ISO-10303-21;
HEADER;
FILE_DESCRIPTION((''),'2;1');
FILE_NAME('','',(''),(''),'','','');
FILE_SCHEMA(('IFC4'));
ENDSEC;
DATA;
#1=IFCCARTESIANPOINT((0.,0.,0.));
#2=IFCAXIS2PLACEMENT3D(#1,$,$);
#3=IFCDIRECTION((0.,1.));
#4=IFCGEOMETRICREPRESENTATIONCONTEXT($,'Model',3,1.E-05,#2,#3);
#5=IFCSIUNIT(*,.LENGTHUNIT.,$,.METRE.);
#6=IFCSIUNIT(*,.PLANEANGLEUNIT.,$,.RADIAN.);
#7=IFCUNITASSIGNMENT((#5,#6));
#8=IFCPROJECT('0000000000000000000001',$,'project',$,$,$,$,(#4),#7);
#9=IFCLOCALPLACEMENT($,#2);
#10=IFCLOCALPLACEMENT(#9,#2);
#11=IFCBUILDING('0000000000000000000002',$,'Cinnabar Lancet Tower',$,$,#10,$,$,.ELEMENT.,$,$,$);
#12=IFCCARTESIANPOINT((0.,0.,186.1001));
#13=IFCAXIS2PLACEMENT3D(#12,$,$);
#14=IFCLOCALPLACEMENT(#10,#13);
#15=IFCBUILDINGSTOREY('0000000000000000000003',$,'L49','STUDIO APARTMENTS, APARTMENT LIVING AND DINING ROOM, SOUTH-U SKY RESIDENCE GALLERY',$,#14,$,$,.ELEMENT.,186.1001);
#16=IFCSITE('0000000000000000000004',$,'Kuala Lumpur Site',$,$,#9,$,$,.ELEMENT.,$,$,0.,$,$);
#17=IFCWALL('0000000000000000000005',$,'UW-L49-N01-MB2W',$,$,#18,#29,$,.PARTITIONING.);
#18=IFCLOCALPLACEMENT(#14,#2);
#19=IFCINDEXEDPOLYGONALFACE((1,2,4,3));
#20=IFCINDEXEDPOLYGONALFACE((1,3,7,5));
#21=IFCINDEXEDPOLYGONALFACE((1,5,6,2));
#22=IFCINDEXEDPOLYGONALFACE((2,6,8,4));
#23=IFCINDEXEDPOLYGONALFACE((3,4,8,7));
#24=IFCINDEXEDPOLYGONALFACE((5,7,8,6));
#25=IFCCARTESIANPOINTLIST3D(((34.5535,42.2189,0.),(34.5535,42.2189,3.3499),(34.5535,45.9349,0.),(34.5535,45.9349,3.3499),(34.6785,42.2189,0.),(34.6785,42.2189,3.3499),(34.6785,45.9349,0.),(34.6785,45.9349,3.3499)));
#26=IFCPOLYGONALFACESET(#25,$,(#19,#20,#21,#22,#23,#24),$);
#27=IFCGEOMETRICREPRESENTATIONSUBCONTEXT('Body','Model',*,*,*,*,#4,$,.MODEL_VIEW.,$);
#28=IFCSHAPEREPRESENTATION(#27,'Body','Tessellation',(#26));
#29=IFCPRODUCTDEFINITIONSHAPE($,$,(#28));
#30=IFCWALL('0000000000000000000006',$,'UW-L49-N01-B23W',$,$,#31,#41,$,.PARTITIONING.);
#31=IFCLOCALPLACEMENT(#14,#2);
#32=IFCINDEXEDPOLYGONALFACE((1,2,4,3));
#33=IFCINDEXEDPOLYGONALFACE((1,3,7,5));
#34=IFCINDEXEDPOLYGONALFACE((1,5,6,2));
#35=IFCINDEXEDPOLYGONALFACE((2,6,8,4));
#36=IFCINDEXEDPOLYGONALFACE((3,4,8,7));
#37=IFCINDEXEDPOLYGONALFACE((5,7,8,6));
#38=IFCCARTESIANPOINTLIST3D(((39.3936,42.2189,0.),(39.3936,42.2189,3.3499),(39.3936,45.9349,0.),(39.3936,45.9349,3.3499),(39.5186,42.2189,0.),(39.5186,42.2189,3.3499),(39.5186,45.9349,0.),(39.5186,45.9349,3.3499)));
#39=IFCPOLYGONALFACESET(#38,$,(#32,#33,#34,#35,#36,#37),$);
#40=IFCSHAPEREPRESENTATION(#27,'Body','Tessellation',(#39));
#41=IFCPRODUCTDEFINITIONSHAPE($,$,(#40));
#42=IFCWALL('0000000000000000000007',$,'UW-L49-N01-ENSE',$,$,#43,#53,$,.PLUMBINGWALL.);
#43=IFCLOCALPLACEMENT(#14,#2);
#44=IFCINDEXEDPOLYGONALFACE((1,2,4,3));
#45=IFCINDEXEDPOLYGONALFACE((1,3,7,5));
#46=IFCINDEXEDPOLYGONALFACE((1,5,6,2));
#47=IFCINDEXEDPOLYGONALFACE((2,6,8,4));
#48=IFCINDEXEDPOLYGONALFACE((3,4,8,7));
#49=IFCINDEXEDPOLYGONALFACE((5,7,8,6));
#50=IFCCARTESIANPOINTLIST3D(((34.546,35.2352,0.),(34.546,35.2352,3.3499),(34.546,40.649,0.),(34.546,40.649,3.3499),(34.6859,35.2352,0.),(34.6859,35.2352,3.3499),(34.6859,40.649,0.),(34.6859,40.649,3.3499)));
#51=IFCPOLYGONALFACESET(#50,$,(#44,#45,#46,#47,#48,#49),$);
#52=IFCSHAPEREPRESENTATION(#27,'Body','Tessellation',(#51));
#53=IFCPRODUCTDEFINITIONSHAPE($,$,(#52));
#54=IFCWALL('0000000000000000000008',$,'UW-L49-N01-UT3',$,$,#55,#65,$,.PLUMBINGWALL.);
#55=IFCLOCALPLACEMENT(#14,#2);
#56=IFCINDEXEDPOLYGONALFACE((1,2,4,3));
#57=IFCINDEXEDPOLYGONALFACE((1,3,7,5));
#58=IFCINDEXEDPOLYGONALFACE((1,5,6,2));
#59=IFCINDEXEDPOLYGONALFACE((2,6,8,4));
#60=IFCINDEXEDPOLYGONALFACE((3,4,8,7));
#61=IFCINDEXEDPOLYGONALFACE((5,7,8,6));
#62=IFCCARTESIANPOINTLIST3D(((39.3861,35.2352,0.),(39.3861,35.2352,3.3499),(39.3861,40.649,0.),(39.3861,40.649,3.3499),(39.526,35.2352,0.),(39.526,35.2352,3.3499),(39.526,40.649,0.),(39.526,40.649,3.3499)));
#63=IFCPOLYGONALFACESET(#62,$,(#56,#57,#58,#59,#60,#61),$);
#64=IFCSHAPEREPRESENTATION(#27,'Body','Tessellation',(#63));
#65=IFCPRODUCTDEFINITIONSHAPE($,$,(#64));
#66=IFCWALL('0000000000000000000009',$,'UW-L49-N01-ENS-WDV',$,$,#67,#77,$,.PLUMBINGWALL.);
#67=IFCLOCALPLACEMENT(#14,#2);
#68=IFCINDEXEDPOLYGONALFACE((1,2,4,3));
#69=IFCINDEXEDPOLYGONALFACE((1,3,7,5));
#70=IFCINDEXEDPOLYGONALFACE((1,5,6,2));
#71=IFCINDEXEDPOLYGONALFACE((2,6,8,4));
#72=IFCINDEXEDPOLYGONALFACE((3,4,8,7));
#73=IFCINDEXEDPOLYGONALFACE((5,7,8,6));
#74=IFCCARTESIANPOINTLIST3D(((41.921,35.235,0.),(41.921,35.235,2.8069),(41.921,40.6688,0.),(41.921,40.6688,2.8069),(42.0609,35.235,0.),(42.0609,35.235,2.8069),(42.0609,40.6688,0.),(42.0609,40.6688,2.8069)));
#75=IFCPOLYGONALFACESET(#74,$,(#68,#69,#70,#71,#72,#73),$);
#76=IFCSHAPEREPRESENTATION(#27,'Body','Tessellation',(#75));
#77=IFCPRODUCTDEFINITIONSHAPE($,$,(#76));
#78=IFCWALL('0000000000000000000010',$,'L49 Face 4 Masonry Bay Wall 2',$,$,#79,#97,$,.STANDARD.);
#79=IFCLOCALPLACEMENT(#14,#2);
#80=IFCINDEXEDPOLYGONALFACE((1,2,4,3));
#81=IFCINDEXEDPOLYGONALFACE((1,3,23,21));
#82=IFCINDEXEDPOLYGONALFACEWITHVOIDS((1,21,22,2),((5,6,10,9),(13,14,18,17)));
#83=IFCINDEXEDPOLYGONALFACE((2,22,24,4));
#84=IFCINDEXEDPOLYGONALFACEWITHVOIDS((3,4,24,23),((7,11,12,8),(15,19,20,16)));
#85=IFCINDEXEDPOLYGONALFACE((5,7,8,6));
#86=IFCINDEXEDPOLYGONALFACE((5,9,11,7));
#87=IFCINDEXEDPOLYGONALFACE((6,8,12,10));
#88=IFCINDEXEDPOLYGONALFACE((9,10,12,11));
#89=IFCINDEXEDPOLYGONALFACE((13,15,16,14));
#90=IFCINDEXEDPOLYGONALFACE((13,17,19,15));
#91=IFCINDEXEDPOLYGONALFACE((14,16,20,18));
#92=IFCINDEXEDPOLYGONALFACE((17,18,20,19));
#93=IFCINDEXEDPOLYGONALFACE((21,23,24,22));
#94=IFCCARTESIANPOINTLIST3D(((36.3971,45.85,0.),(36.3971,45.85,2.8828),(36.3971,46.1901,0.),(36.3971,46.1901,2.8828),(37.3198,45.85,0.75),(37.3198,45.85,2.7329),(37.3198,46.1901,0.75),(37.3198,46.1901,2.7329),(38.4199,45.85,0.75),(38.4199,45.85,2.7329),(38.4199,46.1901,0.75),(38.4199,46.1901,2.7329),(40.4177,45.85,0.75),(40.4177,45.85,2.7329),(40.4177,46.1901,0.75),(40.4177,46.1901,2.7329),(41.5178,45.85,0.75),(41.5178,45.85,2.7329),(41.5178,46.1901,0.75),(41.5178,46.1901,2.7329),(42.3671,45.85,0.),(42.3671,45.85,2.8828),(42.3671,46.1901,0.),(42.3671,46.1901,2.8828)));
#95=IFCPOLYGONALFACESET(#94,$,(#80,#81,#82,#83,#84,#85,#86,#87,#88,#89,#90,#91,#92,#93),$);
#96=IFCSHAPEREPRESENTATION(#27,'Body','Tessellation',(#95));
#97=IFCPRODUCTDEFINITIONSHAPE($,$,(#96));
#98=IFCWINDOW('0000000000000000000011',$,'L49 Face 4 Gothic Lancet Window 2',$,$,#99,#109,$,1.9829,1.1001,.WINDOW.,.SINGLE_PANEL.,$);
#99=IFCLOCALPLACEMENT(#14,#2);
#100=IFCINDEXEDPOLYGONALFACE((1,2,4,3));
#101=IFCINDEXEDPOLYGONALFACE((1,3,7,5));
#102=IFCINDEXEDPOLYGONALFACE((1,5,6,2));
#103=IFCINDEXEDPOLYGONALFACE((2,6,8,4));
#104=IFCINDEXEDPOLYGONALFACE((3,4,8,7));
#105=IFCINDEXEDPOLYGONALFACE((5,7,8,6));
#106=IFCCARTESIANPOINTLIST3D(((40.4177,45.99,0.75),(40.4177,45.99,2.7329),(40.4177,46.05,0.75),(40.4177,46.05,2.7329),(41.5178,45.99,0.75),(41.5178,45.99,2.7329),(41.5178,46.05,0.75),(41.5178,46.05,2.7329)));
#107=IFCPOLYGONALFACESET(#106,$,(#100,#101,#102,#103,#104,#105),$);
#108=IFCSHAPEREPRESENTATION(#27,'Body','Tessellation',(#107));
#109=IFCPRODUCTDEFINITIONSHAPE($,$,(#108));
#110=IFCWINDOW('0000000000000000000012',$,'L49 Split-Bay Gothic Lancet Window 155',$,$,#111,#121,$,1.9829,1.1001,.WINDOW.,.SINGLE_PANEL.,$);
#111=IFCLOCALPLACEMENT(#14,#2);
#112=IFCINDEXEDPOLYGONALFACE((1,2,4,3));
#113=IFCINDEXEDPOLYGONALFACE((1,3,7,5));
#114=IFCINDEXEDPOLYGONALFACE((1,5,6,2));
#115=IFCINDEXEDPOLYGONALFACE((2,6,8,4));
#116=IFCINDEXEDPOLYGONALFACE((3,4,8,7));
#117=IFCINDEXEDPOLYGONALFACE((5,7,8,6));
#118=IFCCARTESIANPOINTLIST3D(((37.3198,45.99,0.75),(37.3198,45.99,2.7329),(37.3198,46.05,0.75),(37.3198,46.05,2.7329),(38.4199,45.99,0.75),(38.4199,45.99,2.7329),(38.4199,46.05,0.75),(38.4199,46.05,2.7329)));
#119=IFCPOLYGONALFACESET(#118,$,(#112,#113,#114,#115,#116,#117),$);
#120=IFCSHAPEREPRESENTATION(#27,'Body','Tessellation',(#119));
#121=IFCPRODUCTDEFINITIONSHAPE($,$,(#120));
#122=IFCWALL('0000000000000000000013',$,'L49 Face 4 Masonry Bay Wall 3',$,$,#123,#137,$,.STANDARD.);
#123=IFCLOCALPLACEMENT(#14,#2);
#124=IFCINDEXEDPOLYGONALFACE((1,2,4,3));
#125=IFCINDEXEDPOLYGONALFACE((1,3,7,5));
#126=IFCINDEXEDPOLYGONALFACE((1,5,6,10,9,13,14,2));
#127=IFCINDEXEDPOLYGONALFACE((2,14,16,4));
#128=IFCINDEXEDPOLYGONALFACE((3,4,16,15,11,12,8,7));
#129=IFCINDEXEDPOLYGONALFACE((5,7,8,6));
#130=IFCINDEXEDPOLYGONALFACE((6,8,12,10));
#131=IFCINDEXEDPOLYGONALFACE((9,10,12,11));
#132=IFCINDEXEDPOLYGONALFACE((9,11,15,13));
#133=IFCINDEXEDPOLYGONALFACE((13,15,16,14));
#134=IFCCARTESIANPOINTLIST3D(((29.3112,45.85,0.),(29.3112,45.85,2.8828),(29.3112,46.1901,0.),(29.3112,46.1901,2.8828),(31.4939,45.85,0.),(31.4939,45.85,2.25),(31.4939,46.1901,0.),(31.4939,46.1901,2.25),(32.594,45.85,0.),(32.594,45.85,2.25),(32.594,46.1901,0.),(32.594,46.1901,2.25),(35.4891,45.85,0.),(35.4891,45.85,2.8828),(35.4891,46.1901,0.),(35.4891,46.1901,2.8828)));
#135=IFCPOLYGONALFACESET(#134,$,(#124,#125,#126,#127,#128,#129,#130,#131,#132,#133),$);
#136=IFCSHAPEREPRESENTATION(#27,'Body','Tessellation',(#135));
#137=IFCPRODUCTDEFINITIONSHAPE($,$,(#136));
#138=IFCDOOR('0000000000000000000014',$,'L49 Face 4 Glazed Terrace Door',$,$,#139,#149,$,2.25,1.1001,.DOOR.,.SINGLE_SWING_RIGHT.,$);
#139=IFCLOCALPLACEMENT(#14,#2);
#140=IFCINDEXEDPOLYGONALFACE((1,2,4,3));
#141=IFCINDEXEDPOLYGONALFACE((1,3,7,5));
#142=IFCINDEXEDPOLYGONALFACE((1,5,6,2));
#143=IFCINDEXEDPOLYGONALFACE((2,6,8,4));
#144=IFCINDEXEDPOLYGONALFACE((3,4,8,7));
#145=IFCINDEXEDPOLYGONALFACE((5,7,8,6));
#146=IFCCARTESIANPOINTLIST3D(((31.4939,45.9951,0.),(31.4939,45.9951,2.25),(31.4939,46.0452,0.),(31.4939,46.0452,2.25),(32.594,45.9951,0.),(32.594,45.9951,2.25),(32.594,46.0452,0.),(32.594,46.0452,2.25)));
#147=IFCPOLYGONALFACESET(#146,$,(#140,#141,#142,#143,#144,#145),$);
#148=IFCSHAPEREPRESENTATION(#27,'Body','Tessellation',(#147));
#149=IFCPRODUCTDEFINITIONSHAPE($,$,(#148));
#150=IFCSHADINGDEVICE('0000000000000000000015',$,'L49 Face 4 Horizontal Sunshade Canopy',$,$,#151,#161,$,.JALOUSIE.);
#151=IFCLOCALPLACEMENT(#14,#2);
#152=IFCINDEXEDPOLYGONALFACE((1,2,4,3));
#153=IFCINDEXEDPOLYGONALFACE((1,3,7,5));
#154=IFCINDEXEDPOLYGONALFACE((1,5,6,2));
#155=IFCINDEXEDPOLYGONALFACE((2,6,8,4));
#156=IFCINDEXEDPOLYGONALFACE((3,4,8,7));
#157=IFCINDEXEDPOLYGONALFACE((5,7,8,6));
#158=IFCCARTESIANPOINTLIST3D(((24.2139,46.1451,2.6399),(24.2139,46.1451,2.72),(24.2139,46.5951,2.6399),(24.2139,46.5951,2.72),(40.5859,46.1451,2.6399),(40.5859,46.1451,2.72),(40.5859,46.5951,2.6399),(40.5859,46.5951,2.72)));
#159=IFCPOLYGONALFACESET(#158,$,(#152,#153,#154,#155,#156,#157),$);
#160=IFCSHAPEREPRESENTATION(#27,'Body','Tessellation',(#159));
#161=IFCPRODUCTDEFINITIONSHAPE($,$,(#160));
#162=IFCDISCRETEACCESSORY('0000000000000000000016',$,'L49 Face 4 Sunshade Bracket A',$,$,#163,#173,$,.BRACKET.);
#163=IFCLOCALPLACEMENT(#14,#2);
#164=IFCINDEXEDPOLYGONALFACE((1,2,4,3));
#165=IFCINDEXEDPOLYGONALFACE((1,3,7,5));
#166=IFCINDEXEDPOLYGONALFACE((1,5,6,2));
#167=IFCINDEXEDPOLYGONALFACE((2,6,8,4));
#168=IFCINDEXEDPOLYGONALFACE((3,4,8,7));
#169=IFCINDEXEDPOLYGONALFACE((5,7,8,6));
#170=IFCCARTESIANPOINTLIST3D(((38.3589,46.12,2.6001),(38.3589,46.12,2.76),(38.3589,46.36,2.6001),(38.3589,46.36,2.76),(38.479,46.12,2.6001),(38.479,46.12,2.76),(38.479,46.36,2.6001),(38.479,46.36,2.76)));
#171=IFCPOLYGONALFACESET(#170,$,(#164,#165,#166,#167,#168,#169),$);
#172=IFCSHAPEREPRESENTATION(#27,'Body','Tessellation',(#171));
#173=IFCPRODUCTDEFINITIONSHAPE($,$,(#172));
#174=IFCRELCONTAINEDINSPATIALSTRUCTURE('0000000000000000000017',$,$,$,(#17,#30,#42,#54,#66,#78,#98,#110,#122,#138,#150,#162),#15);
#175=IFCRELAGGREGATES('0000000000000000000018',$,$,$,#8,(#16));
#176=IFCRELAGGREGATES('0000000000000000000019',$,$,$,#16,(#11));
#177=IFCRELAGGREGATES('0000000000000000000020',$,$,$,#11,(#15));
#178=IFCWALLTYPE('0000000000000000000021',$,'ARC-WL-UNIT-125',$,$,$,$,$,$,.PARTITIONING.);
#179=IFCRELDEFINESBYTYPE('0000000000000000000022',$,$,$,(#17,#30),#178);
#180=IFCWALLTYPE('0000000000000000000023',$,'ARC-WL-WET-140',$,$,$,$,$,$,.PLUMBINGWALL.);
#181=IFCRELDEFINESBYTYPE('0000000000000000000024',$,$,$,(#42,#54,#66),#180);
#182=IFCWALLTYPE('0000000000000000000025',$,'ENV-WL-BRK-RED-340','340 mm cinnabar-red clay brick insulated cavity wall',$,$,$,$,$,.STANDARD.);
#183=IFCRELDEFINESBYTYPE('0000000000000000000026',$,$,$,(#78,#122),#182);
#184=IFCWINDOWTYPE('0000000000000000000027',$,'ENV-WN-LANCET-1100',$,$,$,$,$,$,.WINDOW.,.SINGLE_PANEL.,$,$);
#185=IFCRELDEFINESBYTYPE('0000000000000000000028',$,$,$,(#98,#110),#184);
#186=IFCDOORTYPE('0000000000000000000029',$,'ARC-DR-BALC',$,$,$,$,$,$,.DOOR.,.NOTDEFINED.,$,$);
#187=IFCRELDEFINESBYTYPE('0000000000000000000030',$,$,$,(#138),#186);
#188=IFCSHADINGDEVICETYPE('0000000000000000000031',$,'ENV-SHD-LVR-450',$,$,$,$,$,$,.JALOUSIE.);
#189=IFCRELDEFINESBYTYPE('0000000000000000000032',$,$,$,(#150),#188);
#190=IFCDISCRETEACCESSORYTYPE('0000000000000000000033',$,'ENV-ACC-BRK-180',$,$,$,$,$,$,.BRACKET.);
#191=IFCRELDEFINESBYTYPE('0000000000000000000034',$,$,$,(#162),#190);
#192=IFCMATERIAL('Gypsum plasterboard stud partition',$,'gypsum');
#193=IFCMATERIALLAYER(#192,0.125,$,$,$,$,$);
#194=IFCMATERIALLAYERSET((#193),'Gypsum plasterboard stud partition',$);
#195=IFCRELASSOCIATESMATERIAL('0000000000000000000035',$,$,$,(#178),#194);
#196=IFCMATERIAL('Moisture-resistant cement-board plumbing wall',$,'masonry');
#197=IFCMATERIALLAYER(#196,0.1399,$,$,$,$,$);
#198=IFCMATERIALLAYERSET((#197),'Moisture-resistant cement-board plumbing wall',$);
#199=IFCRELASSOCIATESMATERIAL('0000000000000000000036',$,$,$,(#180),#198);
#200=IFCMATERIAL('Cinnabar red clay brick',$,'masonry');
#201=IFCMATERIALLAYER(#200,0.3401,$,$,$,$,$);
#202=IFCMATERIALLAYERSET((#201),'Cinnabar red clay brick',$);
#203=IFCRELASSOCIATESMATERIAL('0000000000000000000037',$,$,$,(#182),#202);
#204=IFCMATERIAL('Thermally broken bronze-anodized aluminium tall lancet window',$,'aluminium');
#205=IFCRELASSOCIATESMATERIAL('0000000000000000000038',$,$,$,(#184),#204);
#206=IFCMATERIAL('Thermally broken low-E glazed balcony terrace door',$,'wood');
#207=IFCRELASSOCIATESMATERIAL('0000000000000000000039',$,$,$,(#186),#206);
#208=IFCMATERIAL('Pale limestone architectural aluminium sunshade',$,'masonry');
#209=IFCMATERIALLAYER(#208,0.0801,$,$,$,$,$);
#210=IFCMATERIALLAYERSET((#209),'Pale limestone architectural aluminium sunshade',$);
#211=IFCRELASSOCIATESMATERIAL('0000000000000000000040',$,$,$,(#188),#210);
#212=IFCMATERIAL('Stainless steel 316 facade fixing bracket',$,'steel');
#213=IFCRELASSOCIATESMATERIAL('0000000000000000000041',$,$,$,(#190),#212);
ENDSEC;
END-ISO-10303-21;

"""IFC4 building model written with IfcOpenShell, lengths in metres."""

from ifc_helpers import new_model, si_unit, direction, frame, frame_2d, origin, origin_2d, place, context, subcontext, project, spatial, rectangle, extrude, material, layer, layer_set, type_object, element, fill, save


model = new_model("IFC4")

# Units and contexts
model_context = context("Model", 3, precision=1e-05, world=origin(), true_north=direction((0.0, 1.0)))
body_context = subcontext(model_context, "Body", "Model", "MODEL_VIEW")
ifc_project = project(units=[si_unit("LENGTHUNIT", "METRE"), si_unit("PLANEANGLEUNIT", "RADIAN")], contexts=[model_context])

# Site, building, storey
site_placement = place(None, origin())
site = spatial("IfcSite", under=ifc_project, at=site_placement, Name="Kuala Lumpur Site", CompositionType="ELEMENT", RefElevation=0.0)
building_placement = place(site_placement, origin())
building = spatial("IfcBuilding", under=site, at=building_placement, Name="Cinnabar Lancet Tower", CompositionType="ELEMENT")
storey_placement = place(building_placement, frame((0.0, 0.0, 186.1001)))
storey = spatial("IfcBuildingStorey", under=building, at=storey_placement, Name="L49", Description="STUDIO APARTMENTS, APARTMENT LIVING AND DINING ROOM, SOUTH-U SKY RESIDENCE GALLERY", CompositionType="ELEMENT", Elevation=186.1001)

# Shared definitions
ifc_material_1 = material(Name="Gypsum plasterboard stud partition", Category="gypsum")
ifc_layer_1 = layer(ifc_material_1, 0.125)
ifc_layer_set_1 = layer_set([ifc_layer_1], Name="Gypsum plasterboard stud partition")
wall_type_1 = type_object("IfcWallType", Name="ARC-WL-UNIT-125", PredefinedType="PARTITIONING", material=ifc_layer_set_1)

# Walls
for number, where, z_axis, x_axis, name in (
    (1, (34.616, 42.219, 0.0), (0.0, 0.0, 1.0), (0.0, 1.0, 0.0), "UW-L49-N01-MB2W"),
    (2, (39.4561, 42.219, 0.0), (0.0, 0.0, 1.0), (0.0, 1.0, 0.0), "UW-L49-N01-B23W"),
):
    element("IfcWall", number, at=place(storey_placement, frame(where, z_axis=z_axis, x_axis=x_axis)), inside=storey, type_object=wall_type_1, Name=name, PredefinedType="PARTITIONING", context=body_context, shape_type="SweptSolid", body=[
        extrude(rectangle(XDim=3.7161, YDim=0.125, at=frame_2d((1.8579, 0.0))), origin(), (0.0, 0.0, 1.0), 3.3499),
    ])
ifc_material_2 = material(Name="Moisture-resistant cement-board plumbing wall", Category="masonry")
ifc_layer_2 = layer(ifc_material_2, 0.1399)
ifc_layer_set_2 = layer_set([ifc_layer_2], Name="Moisture-resistant cement-board plumbing wall")
wall_type_2 = type_object("IfcWallType", Name="ARC-WL-WET-140", PredefinedType="PLUMBINGWALL", material=ifc_layer_set_2)
for number, where, z_axis, x_axis, name in (
    (3, (34.616, 35.2351, 0.0), (0.0, 0.0, 1.0), (0.0, 1.0, 0.0), "UW-L49-N01-ENSE"),
    (4, (39.4561, 35.2351, 0.0), (0.0, 0.0, 1.0), (0.0, 1.0, 0.0), "UW-L49-N01-UT3"),
):
    element("IfcWall", number, at=place(storey_placement, frame(where, z_axis=z_axis, x_axis=x_axis)), inside=storey, type_object=wall_type_2, Name=name, PredefinedType="PLUMBINGWALL", context=body_context, shape_type="SweptSolid", body=[
        extrude(rectangle(XDim=5.4138, YDim=0.1399, at=frame_2d((2.707, 0.0))), origin(), (0.0, 0.0, 1.0), 3.3499),
    ])
wall_1_placement = place(storey_placement, frame((41.991, 35.2351, 0.0), z_axis=(0.0, 0.0, 1.0), x_axis=(0.0, 1.0, 0.0)))
element("IfcWall", 5, at=wall_1_placement, inside=storey, type_object=wall_type_2, Name="UW-L49-N01-ENS-WDV", PredefinedType="PLUMBINGWALL", context=body_context, shape_type="SweptSolid", body=[
    extrude(rectangle(XDim=5.4338, YDim=0.1399, at=frame_2d((2.7168, 0.0))), origin(), (0.0, 0.0, 1.0), 2.8069),
])

# Wall, openings, windows
ifc_material_3 = material(Name="Cinnabar red clay brick", Category="masonry")
ifc_layer_3 = layer(ifc_material_3, 0.3401)
ifc_layer_set_3 = layer_set([ifc_layer_3], Name="Cinnabar red clay brick")
wall_type_3 = type_object("IfcWallType", Name="ENV-WL-BRK-RED-340", Description="340 mm cinnabar-red clay brick insulated cavity wall", PredefinedType="STANDARD", material=ifc_layer_set_3)
wall_2_placement = place(storey_placement, frame((42.3669, 46.02, 0.0), z_axis=(0.0, 0.0, 1.0), x_axis=(-1.0, 0.0, 0.0)))
wall_2 = element("IfcWall", 6, at=wall_2_placement, inside=storey, type_object=wall_type_3, Name="L49 Face 4 Masonry Bay Wall 2", PredefinedType="STANDARD", context=body_context, shape_type="SweptSolid", body=[
    extrude(rectangle(XDim=5.97, YDim=0.3401, at=frame_2d((2.9849, 0.0))), origin(), (0.0, 0.0, 1.0), 2.8828),
])
opening_1_placement = place(wall_2_placement, frame((0.8491, 0.0, 0.75)))
opening_1 = element("IfcOpeningElement", 7, at=opening_1_placement, cuts=wall_2, PredefinedType="OPENING", context=body_context, shape_type="SweptSolid", body=[
    extrude(rectangle(XDim=1.1001, YDim=1.9829, at=frame_2d((0.55, 0.9915))), frame((0.0, 0.1799, 0.0), z_axis=(0.0, -1.0, 0.0), x_axis=(1.0, 0.0, 0.0)), (0.0, 0.0, 1.0), 0.3601),
])
opening_2_placement = place(wall_2_placement, frame((3.947, 0.0, 0.75)))
opening_2 = element("IfcOpeningElement", 8, at=opening_2_placement, cuts=wall_2, PredefinedType="OPENING", context=body_context, shape_type="SweptSolid", body=[
    extrude(rectangle(XDim=1.1001, YDim=1.9829, at=frame_2d((0.55, 0.9915))), frame((0.0, 0.1799, 0.0), z_axis=(0.0, -1.0, 0.0), x_axis=(1.0, 0.0, 0.0)), (0.0, 0.0, 1.0), 0.3601),
])
ifc_material_4 = material(Name="Thermally broken bronze-anodized aluminium tall lancet window", Category="aluminium")
window_type = type_object("IfcWindowType", Name="ENV-WN-LANCET-1100", PartitioningType="SINGLE_PANEL", PredefinedType="WINDOW", material=ifc_material_4)
window_1_placement = place(opening_1_placement, origin())
window_1 = element("IfcWindow", 9, at=window_1_placement, inside=storey, type_object=window_type, Name="L49 Face 4 Gothic Lancet Window 2", OverallHeight=1.9829, OverallWidth=1.1001, PartitioningType="SINGLE_PANEL", PredefinedType="WINDOW", context=body_context, shape_type="SweptSolid", body=[
    extrude(rectangle(XDim=1.1001, YDim=1.9829, at=frame_2d((0.55, 0.9915))), frame((0.0, 0.03, 0.0), z_axis=(0.0, -1.0, 0.0), x_axis=(1.0, 0.0, 0.0)), (0.0, 0.0, 1.0), 0.0601),
])
fill(opening_1, window_1)
window_2_placement = place(opening_2_placement, origin())
window_2 = element("IfcWindow", 10, at=window_2_placement, inside=storey, type_object=window_type, Name="L49 Split-Bay Gothic Lancet Window 155", OverallHeight=1.9829, OverallWidth=1.1001, PartitioningType="SINGLE_PANEL", PredefinedType="WINDOW", context=body_context, shape_type="SweptSolid", body=[
    extrude(rectangle(XDim=1.1001, YDim=1.9829, at=frame_2d((0.55, 0.9915))), frame((0.0, 0.03, 0.0), z_axis=(0.0, -1.0, 0.0), x_axis=(1.0, 0.0, 0.0)), (0.0, 0.0, 1.0), 0.0601),
])
fill(opening_2, window_2)

# Wall, opening, door
wall_3_placement = place(storey_placement, frame((35.489, 46.02, 0.0), z_axis=(0.0, 0.0, 1.0), x_axis=(-1.0, 0.0, 0.0)))
wall_3 = element("IfcWall", 11, at=wall_3_placement, inside=storey, type_object=wall_type_3, Name="L49 Face 4 Masonry Bay Wall 3", PredefinedType="STANDARD", context=body_context, shape_type="SweptSolid", body=[
    extrude(rectangle(XDim=6.178, YDim=0.3401, at=frame_2d((3.0889, 0.0))), origin(), (0.0, 0.0, 1.0), 2.8828),
])
opening_3_placement = place(wall_3_placement, frame((2.895, 0.0, 0.0)))
opening_3 = element("IfcOpeningElement", 12, at=opening_3_placement, cuts=wall_3, PredefinedType="OPENING", context=body_context, shape_type="SweptSolid", body=[
    extrude(rectangle(XDim=1.1001, YDim=2.25, at=frame_2d((0.55, 1.125))), frame((0.0, 0.1799, 0.0), z_axis=(0.0, -1.0, 0.0), x_axis=(1.0, 0.0, 0.0)), (0.0, 0.0, 1.0), 0.3601),
])
ifc_material_5 = material(Name="Thermally broken low-E glazed balcony terrace door", Category="wood")
door_type_1 = type_object("IfcDoorType", Name="ARC-DR-BALC", OperationType="NOTDEFINED", PredefinedType="DOOR", material=ifc_material_5)
door_1_placement = place(opening_3_placement, origin())
door_1 = element("IfcDoor", 13, at=door_1_placement, inside=storey, type_object=door_type_1, Name="L49 Face 4 Glazed Terrace Door", OperationType="SINGLE_SWING_RIGHT", OverallHeight=2.25, OverallWidth=1.1001, PredefinedType="DOOR", context=body_context, shape_type="SweptSolid", body=[
    extrude(rectangle(XDim=1.1001, YDim=2.25, at=frame_2d((0.55, 1.125))), frame((0.0, 0.0249, 0.0), z_axis=(0.0, -1.0, 0.0), x_axis=(1.0, 0.0, 0.0)), (0.0, 0.0, 1.0), 0.05),
])
fill(opening_3, door_1)

# Shading device
ifc_material_6 = material(Name="Pale limestone architectural aluminium sunshade", Category="masonry")
ifc_layer_4 = layer(ifc_material_6, 0.0801)
ifc_layer_set_4 = layer_set([ifc_layer_4], Name="Pale limestone architectural aluminium sunshade")
shading_device_type = type_object("IfcShadingDeviceType", Name="ENV-SHD-LVR-450", PredefinedType="JALOUSIE", material=ifc_layer_set_4)
shading_device_placement = place(storey_placement, frame((32.3999, 46.3701, 2.6399), z_axis=(0.0, 0.0, 1.0), x_axis=(-1.0, 0.0, 0.0)))
element("IfcShadingDevice", 14, at=shading_device_placement, inside=storey, type_object=shading_device_type, Name="L49 Face 4 Horizontal Sunshade Canopy", PredefinedType="JALOUSIE", context=body_context, shape_type="SweptSolid", body=[
    extrude(rectangle(XDim=16.3721, YDim=0.45, at=origin_2d()), origin(), (0.0, 0.0, 1.0), 0.0801),
])

# Discrete accessory
ifc_material_7 = material(Name="Stainless steel 316 facade fixing bracket", Category="steel")
discrete_accessory_type = type_object("IfcDiscreteAccessoryType", Name="ENV-ACC-BRK-180", PredefinedType="BRACKET", material=ifc_material_7)
discrete_accessory_placement = place(storey_placement, frame((38.4189, 46.24, 2.6001), z_axis=(0.0, 0.0, 1.0), x_axis=(-1.0, 0.0, 0.0)))
element("IfcDiscreteAccessory", 15, at=discrete_accessory_placement, inside=storey, type_object=discrete_accessory_type, Name="L49 Face 4 Sunshade Bracket A", PredefinedType="BRACKET", context=body_context, shape_type="SweptSolid", body=[
    extrude(rectangle(XDim=0.1201, YDim=0.24, at=origin_2d()), origin(), (0.0, 0.0, 1.0), 0.1599),
])

save(model, "model.ifc")
